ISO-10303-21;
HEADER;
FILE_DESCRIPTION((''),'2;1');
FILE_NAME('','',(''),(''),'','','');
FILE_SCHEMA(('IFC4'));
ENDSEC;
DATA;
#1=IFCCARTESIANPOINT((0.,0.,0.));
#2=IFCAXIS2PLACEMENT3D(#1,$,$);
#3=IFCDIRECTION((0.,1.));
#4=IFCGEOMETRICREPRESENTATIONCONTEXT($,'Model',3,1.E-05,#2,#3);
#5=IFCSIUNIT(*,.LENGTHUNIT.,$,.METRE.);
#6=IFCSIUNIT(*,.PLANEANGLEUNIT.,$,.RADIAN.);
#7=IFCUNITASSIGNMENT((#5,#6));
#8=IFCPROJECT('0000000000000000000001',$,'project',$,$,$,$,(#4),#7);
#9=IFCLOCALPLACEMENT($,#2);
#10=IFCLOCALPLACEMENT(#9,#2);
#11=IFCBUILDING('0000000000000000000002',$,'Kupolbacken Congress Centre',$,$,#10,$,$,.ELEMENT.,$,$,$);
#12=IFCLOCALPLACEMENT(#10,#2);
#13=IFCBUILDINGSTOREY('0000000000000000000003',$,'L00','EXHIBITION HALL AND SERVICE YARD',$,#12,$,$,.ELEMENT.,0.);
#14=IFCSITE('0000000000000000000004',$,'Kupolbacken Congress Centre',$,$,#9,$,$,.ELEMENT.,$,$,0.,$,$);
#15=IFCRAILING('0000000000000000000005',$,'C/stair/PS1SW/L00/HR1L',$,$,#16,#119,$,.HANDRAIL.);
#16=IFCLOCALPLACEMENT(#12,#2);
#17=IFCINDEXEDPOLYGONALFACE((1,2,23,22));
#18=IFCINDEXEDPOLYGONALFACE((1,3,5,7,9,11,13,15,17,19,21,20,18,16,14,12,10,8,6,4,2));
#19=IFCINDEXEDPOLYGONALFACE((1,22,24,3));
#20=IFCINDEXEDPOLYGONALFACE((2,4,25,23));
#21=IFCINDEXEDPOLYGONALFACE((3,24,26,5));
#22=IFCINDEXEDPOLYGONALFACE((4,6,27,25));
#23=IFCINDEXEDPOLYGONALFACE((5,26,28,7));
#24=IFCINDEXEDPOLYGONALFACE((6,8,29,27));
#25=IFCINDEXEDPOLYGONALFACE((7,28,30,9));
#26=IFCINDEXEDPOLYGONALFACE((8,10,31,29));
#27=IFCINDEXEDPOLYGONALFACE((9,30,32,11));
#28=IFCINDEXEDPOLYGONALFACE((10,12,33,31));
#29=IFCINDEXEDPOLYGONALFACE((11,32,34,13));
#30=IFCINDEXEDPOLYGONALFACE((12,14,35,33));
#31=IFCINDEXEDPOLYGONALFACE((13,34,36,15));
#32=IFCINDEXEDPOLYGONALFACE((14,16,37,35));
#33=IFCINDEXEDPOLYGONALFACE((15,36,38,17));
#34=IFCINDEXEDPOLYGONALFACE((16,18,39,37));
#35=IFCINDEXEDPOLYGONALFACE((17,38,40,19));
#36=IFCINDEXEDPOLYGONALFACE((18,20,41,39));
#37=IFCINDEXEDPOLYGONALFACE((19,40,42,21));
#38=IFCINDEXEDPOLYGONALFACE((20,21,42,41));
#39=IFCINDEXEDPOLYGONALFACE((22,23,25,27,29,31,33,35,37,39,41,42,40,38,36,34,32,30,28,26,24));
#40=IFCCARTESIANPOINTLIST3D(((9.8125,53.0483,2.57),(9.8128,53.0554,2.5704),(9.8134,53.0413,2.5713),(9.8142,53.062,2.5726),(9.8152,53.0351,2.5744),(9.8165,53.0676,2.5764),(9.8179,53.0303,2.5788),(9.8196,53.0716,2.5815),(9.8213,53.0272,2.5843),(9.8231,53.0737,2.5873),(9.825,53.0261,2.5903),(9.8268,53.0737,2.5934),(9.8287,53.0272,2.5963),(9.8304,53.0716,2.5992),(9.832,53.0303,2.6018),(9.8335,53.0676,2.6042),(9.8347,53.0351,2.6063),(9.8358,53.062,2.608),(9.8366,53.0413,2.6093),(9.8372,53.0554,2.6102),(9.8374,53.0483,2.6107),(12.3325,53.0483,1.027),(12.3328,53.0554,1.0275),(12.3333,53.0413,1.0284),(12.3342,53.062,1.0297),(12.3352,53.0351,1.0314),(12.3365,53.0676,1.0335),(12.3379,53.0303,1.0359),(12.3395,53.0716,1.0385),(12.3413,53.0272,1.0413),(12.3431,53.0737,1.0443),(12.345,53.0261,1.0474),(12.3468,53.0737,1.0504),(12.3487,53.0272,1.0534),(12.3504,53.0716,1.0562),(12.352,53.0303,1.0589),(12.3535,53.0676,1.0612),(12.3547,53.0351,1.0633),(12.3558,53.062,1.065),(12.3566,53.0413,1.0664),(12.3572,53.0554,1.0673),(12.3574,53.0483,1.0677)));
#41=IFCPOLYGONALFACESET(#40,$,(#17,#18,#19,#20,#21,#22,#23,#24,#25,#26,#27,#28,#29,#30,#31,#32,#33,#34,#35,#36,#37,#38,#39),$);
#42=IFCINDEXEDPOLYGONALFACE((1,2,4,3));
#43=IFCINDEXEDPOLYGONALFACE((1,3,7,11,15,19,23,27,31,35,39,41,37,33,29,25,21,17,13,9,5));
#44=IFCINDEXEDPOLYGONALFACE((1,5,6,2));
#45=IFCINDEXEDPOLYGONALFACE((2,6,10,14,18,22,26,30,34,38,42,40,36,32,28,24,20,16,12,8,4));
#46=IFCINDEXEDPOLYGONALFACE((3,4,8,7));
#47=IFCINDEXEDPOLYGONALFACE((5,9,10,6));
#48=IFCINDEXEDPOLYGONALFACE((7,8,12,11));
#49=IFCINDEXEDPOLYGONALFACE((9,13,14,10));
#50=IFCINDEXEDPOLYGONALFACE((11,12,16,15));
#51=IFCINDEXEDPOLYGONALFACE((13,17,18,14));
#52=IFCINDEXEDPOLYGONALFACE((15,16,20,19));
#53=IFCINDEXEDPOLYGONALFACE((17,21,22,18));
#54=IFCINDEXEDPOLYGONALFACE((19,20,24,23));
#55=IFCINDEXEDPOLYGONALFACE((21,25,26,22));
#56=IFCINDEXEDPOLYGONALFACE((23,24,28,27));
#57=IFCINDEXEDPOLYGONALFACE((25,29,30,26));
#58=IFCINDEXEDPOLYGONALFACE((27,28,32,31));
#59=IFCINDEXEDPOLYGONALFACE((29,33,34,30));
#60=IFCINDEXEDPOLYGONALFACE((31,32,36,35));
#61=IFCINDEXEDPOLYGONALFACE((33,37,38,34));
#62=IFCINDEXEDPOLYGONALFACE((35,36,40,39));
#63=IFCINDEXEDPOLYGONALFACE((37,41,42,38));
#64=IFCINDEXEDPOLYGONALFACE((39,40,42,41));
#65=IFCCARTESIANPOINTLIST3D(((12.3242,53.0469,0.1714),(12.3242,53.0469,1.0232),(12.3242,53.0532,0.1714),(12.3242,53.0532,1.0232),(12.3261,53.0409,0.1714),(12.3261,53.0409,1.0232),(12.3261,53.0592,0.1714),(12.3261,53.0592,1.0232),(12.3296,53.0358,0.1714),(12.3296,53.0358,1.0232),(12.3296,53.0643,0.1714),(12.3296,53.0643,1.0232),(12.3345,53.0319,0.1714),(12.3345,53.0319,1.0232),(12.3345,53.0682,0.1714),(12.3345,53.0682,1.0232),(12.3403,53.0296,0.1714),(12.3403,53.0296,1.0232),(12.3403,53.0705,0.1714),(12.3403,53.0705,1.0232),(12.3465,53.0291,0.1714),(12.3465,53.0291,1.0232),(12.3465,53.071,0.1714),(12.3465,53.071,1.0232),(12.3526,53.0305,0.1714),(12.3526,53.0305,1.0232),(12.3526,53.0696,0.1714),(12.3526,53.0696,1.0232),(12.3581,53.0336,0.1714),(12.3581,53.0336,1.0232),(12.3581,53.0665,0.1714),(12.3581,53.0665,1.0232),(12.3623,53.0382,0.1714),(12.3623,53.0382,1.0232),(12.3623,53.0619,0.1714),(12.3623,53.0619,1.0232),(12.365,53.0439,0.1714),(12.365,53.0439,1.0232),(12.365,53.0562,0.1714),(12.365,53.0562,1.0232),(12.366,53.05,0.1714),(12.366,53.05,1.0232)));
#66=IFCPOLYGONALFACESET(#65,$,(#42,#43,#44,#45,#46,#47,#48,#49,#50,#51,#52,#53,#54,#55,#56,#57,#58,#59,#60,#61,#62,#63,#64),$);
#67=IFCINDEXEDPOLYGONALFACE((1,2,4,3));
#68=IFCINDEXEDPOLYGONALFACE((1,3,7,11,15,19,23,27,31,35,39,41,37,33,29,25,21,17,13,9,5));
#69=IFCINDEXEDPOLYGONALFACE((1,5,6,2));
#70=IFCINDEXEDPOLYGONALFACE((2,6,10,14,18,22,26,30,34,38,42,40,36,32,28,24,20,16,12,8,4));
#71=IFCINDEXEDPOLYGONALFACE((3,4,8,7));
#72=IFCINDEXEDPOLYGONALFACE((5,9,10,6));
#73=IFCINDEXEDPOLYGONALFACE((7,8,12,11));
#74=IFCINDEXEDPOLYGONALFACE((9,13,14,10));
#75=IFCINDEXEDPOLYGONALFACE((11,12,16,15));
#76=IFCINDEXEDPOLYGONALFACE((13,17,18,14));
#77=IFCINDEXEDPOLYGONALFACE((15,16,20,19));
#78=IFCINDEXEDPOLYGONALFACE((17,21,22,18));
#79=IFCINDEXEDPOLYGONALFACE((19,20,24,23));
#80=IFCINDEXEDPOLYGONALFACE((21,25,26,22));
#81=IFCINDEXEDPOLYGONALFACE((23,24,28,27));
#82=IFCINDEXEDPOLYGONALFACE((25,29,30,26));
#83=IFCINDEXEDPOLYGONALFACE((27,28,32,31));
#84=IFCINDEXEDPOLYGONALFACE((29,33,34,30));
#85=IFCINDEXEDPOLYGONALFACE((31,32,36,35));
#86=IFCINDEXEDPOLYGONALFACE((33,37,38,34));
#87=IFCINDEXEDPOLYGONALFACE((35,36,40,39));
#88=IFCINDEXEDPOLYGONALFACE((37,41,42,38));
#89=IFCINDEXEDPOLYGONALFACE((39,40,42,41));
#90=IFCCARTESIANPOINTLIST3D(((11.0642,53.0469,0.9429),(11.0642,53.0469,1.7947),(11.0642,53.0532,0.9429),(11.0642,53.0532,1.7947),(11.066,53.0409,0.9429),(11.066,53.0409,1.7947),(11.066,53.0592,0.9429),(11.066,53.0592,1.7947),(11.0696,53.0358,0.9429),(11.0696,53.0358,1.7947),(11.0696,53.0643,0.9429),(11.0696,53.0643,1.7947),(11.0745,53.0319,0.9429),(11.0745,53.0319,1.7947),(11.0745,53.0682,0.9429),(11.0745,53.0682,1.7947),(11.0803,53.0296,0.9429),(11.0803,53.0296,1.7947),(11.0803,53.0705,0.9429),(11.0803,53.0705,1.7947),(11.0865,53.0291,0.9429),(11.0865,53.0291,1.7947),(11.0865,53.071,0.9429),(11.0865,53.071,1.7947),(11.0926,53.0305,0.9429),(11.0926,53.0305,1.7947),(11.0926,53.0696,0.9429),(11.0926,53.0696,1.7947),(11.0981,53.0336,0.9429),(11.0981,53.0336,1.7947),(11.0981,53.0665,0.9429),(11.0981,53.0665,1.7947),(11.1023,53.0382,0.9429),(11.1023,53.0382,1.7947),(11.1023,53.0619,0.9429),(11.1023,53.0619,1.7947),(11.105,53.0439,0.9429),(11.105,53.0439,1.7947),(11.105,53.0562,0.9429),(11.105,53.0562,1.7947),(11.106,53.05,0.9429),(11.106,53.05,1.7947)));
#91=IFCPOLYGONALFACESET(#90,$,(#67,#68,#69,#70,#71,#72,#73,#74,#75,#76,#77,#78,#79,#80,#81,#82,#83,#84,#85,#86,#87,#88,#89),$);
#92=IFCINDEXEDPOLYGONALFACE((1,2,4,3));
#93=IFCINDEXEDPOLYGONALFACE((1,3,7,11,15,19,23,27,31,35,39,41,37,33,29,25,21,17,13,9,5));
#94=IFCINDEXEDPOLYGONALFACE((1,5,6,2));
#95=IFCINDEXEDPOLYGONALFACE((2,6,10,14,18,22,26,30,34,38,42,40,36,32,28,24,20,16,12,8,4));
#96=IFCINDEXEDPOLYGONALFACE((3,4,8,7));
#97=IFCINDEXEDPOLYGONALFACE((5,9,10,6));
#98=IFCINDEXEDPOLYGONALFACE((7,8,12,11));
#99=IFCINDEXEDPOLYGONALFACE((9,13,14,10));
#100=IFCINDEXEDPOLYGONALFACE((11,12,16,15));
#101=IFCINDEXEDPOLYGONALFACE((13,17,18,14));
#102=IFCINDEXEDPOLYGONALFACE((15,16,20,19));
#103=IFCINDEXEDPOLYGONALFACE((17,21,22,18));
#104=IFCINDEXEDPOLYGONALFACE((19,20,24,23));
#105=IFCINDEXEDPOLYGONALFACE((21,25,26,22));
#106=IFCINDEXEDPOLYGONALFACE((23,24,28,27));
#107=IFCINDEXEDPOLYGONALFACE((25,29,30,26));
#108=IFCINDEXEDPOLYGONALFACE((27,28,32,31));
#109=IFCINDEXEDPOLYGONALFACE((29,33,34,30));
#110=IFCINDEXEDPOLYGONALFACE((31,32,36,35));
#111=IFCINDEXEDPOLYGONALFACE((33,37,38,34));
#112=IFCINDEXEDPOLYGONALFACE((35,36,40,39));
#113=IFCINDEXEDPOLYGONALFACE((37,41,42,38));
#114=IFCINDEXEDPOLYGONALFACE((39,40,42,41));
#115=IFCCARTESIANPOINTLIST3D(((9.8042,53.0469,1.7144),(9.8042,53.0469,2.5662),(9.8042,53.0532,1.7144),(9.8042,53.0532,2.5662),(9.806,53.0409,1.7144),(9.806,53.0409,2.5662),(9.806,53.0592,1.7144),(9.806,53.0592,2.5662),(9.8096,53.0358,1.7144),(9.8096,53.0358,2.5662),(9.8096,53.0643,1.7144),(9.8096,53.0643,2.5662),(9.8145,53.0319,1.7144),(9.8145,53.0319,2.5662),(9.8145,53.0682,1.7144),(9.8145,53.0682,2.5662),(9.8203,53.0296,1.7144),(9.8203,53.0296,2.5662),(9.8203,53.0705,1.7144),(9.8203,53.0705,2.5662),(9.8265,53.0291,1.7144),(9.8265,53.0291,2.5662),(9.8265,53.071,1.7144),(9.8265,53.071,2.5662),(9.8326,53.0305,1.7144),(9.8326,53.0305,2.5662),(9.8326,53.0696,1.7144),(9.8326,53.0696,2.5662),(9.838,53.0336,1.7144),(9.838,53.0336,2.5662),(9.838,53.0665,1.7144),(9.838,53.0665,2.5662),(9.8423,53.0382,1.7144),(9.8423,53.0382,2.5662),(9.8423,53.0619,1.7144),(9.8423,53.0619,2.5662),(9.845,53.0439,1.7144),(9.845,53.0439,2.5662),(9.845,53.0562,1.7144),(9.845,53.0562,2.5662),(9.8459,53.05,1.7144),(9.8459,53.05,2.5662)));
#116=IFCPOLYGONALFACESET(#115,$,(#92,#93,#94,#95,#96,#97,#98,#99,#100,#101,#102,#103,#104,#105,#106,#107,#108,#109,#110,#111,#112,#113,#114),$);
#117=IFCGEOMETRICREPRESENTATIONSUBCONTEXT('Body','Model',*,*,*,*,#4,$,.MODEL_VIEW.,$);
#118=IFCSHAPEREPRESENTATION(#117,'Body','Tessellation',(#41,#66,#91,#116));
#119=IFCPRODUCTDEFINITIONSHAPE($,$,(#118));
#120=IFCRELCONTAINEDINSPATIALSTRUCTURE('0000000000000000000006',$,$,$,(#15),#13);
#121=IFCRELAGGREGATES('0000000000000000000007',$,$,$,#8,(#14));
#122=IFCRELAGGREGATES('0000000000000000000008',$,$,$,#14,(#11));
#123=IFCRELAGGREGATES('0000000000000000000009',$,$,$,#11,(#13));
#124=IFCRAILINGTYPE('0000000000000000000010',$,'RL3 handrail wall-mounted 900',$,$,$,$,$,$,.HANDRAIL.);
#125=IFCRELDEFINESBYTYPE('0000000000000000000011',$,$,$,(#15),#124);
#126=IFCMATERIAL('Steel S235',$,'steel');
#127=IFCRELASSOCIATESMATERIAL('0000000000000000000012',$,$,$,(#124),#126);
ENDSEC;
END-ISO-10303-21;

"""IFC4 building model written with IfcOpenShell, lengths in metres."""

from ifc_helpers import new_model, si_unit, direction, frame, origin, origin_2d, place, context, subcontext, project, spatial, circle, extrude, material, type_object, element, save


model = new_model("IFC4")

# Units and contexts
model_context = context("Model", 3, precision=1e-05, world=origin(), true_north=direction((0.0, 1.0)))
body_context = subcontext(model_context, "Body", "Model", "MODEL_VIEW")
ifc_project = project(units=[si_unit("LENGTHUNIT", "METRE"), si_unit("PLANEANGLEUNIT", "RADIAN")], contexts=[model_context])

# Site, building, storey
site_placement = place(None, origin())
site = spatial("IfcSite", under=ifc_project, at=site_placement, Name="Kupolbacken Congress Centre", CompositionType="ELEMENT", RefElevation=0.0)
building_placement = place(site_placement, origin())
building = spatial("IfcBuilding", under=site, at=building_placement, Name="Kupolbacken Congress Centre", CompositionType="ELEMENT")
storey_placement = place(building_placement, origin())
storey = spatial("IfcBuildingStorey", under=building, at=storey_placement, Name="L00", Description="EXHIBITION HALL AND SERVICE YARD", CompositionType="ELEMENT", Elevation=0.0)

# Railing
ifc_material_1 = material(Name="Steel S235", Category="steel")
railing_type = type_object("IfcRailingType", Name="RL3 handrail wall-mounted 900", PredefinedType="HANDRAIL", material=ifc_material_1)
railing_placement = place(storey_placement, frame((12.345, 53.05, 0.1714)))
element("IfcRailing", 1, at=railing_placement, inside=storey, type_object=railing_type, Name="C/stair/PS1SW/L00/HR1L", PredefinedType="HANDRAIL", context=body_context, shape_type="SweptSolid", body=[
    extrude(circle(Radius=0.0239, at=origin_2d()), frame((0.0, 0.0, 0.876), z_axis=(-0.852836, 0.0, 0.522178), x_axis=(0.0, -1.0, 0.0)), (0.0, 0.0, 1.0), 2.9548),
    extrude(circle(Radius=0.021, at=origin_2d()), origin(), (0.0, 0.0, 1.0), 0.8518),
    extrude(circle(Radius=0.021, at=origin_2d()), frame((-1.26, 0.0, 0.7715)), (0.0, 0.0, 1.0), 0.8518),
    extrude(circle(Radius=0.021, at=origin_2d()), frame((-2.52, 0.0, 1.543)), (0.0, 0.0, 1.0), 0.8518),
])

save(model, "model.ifc")
